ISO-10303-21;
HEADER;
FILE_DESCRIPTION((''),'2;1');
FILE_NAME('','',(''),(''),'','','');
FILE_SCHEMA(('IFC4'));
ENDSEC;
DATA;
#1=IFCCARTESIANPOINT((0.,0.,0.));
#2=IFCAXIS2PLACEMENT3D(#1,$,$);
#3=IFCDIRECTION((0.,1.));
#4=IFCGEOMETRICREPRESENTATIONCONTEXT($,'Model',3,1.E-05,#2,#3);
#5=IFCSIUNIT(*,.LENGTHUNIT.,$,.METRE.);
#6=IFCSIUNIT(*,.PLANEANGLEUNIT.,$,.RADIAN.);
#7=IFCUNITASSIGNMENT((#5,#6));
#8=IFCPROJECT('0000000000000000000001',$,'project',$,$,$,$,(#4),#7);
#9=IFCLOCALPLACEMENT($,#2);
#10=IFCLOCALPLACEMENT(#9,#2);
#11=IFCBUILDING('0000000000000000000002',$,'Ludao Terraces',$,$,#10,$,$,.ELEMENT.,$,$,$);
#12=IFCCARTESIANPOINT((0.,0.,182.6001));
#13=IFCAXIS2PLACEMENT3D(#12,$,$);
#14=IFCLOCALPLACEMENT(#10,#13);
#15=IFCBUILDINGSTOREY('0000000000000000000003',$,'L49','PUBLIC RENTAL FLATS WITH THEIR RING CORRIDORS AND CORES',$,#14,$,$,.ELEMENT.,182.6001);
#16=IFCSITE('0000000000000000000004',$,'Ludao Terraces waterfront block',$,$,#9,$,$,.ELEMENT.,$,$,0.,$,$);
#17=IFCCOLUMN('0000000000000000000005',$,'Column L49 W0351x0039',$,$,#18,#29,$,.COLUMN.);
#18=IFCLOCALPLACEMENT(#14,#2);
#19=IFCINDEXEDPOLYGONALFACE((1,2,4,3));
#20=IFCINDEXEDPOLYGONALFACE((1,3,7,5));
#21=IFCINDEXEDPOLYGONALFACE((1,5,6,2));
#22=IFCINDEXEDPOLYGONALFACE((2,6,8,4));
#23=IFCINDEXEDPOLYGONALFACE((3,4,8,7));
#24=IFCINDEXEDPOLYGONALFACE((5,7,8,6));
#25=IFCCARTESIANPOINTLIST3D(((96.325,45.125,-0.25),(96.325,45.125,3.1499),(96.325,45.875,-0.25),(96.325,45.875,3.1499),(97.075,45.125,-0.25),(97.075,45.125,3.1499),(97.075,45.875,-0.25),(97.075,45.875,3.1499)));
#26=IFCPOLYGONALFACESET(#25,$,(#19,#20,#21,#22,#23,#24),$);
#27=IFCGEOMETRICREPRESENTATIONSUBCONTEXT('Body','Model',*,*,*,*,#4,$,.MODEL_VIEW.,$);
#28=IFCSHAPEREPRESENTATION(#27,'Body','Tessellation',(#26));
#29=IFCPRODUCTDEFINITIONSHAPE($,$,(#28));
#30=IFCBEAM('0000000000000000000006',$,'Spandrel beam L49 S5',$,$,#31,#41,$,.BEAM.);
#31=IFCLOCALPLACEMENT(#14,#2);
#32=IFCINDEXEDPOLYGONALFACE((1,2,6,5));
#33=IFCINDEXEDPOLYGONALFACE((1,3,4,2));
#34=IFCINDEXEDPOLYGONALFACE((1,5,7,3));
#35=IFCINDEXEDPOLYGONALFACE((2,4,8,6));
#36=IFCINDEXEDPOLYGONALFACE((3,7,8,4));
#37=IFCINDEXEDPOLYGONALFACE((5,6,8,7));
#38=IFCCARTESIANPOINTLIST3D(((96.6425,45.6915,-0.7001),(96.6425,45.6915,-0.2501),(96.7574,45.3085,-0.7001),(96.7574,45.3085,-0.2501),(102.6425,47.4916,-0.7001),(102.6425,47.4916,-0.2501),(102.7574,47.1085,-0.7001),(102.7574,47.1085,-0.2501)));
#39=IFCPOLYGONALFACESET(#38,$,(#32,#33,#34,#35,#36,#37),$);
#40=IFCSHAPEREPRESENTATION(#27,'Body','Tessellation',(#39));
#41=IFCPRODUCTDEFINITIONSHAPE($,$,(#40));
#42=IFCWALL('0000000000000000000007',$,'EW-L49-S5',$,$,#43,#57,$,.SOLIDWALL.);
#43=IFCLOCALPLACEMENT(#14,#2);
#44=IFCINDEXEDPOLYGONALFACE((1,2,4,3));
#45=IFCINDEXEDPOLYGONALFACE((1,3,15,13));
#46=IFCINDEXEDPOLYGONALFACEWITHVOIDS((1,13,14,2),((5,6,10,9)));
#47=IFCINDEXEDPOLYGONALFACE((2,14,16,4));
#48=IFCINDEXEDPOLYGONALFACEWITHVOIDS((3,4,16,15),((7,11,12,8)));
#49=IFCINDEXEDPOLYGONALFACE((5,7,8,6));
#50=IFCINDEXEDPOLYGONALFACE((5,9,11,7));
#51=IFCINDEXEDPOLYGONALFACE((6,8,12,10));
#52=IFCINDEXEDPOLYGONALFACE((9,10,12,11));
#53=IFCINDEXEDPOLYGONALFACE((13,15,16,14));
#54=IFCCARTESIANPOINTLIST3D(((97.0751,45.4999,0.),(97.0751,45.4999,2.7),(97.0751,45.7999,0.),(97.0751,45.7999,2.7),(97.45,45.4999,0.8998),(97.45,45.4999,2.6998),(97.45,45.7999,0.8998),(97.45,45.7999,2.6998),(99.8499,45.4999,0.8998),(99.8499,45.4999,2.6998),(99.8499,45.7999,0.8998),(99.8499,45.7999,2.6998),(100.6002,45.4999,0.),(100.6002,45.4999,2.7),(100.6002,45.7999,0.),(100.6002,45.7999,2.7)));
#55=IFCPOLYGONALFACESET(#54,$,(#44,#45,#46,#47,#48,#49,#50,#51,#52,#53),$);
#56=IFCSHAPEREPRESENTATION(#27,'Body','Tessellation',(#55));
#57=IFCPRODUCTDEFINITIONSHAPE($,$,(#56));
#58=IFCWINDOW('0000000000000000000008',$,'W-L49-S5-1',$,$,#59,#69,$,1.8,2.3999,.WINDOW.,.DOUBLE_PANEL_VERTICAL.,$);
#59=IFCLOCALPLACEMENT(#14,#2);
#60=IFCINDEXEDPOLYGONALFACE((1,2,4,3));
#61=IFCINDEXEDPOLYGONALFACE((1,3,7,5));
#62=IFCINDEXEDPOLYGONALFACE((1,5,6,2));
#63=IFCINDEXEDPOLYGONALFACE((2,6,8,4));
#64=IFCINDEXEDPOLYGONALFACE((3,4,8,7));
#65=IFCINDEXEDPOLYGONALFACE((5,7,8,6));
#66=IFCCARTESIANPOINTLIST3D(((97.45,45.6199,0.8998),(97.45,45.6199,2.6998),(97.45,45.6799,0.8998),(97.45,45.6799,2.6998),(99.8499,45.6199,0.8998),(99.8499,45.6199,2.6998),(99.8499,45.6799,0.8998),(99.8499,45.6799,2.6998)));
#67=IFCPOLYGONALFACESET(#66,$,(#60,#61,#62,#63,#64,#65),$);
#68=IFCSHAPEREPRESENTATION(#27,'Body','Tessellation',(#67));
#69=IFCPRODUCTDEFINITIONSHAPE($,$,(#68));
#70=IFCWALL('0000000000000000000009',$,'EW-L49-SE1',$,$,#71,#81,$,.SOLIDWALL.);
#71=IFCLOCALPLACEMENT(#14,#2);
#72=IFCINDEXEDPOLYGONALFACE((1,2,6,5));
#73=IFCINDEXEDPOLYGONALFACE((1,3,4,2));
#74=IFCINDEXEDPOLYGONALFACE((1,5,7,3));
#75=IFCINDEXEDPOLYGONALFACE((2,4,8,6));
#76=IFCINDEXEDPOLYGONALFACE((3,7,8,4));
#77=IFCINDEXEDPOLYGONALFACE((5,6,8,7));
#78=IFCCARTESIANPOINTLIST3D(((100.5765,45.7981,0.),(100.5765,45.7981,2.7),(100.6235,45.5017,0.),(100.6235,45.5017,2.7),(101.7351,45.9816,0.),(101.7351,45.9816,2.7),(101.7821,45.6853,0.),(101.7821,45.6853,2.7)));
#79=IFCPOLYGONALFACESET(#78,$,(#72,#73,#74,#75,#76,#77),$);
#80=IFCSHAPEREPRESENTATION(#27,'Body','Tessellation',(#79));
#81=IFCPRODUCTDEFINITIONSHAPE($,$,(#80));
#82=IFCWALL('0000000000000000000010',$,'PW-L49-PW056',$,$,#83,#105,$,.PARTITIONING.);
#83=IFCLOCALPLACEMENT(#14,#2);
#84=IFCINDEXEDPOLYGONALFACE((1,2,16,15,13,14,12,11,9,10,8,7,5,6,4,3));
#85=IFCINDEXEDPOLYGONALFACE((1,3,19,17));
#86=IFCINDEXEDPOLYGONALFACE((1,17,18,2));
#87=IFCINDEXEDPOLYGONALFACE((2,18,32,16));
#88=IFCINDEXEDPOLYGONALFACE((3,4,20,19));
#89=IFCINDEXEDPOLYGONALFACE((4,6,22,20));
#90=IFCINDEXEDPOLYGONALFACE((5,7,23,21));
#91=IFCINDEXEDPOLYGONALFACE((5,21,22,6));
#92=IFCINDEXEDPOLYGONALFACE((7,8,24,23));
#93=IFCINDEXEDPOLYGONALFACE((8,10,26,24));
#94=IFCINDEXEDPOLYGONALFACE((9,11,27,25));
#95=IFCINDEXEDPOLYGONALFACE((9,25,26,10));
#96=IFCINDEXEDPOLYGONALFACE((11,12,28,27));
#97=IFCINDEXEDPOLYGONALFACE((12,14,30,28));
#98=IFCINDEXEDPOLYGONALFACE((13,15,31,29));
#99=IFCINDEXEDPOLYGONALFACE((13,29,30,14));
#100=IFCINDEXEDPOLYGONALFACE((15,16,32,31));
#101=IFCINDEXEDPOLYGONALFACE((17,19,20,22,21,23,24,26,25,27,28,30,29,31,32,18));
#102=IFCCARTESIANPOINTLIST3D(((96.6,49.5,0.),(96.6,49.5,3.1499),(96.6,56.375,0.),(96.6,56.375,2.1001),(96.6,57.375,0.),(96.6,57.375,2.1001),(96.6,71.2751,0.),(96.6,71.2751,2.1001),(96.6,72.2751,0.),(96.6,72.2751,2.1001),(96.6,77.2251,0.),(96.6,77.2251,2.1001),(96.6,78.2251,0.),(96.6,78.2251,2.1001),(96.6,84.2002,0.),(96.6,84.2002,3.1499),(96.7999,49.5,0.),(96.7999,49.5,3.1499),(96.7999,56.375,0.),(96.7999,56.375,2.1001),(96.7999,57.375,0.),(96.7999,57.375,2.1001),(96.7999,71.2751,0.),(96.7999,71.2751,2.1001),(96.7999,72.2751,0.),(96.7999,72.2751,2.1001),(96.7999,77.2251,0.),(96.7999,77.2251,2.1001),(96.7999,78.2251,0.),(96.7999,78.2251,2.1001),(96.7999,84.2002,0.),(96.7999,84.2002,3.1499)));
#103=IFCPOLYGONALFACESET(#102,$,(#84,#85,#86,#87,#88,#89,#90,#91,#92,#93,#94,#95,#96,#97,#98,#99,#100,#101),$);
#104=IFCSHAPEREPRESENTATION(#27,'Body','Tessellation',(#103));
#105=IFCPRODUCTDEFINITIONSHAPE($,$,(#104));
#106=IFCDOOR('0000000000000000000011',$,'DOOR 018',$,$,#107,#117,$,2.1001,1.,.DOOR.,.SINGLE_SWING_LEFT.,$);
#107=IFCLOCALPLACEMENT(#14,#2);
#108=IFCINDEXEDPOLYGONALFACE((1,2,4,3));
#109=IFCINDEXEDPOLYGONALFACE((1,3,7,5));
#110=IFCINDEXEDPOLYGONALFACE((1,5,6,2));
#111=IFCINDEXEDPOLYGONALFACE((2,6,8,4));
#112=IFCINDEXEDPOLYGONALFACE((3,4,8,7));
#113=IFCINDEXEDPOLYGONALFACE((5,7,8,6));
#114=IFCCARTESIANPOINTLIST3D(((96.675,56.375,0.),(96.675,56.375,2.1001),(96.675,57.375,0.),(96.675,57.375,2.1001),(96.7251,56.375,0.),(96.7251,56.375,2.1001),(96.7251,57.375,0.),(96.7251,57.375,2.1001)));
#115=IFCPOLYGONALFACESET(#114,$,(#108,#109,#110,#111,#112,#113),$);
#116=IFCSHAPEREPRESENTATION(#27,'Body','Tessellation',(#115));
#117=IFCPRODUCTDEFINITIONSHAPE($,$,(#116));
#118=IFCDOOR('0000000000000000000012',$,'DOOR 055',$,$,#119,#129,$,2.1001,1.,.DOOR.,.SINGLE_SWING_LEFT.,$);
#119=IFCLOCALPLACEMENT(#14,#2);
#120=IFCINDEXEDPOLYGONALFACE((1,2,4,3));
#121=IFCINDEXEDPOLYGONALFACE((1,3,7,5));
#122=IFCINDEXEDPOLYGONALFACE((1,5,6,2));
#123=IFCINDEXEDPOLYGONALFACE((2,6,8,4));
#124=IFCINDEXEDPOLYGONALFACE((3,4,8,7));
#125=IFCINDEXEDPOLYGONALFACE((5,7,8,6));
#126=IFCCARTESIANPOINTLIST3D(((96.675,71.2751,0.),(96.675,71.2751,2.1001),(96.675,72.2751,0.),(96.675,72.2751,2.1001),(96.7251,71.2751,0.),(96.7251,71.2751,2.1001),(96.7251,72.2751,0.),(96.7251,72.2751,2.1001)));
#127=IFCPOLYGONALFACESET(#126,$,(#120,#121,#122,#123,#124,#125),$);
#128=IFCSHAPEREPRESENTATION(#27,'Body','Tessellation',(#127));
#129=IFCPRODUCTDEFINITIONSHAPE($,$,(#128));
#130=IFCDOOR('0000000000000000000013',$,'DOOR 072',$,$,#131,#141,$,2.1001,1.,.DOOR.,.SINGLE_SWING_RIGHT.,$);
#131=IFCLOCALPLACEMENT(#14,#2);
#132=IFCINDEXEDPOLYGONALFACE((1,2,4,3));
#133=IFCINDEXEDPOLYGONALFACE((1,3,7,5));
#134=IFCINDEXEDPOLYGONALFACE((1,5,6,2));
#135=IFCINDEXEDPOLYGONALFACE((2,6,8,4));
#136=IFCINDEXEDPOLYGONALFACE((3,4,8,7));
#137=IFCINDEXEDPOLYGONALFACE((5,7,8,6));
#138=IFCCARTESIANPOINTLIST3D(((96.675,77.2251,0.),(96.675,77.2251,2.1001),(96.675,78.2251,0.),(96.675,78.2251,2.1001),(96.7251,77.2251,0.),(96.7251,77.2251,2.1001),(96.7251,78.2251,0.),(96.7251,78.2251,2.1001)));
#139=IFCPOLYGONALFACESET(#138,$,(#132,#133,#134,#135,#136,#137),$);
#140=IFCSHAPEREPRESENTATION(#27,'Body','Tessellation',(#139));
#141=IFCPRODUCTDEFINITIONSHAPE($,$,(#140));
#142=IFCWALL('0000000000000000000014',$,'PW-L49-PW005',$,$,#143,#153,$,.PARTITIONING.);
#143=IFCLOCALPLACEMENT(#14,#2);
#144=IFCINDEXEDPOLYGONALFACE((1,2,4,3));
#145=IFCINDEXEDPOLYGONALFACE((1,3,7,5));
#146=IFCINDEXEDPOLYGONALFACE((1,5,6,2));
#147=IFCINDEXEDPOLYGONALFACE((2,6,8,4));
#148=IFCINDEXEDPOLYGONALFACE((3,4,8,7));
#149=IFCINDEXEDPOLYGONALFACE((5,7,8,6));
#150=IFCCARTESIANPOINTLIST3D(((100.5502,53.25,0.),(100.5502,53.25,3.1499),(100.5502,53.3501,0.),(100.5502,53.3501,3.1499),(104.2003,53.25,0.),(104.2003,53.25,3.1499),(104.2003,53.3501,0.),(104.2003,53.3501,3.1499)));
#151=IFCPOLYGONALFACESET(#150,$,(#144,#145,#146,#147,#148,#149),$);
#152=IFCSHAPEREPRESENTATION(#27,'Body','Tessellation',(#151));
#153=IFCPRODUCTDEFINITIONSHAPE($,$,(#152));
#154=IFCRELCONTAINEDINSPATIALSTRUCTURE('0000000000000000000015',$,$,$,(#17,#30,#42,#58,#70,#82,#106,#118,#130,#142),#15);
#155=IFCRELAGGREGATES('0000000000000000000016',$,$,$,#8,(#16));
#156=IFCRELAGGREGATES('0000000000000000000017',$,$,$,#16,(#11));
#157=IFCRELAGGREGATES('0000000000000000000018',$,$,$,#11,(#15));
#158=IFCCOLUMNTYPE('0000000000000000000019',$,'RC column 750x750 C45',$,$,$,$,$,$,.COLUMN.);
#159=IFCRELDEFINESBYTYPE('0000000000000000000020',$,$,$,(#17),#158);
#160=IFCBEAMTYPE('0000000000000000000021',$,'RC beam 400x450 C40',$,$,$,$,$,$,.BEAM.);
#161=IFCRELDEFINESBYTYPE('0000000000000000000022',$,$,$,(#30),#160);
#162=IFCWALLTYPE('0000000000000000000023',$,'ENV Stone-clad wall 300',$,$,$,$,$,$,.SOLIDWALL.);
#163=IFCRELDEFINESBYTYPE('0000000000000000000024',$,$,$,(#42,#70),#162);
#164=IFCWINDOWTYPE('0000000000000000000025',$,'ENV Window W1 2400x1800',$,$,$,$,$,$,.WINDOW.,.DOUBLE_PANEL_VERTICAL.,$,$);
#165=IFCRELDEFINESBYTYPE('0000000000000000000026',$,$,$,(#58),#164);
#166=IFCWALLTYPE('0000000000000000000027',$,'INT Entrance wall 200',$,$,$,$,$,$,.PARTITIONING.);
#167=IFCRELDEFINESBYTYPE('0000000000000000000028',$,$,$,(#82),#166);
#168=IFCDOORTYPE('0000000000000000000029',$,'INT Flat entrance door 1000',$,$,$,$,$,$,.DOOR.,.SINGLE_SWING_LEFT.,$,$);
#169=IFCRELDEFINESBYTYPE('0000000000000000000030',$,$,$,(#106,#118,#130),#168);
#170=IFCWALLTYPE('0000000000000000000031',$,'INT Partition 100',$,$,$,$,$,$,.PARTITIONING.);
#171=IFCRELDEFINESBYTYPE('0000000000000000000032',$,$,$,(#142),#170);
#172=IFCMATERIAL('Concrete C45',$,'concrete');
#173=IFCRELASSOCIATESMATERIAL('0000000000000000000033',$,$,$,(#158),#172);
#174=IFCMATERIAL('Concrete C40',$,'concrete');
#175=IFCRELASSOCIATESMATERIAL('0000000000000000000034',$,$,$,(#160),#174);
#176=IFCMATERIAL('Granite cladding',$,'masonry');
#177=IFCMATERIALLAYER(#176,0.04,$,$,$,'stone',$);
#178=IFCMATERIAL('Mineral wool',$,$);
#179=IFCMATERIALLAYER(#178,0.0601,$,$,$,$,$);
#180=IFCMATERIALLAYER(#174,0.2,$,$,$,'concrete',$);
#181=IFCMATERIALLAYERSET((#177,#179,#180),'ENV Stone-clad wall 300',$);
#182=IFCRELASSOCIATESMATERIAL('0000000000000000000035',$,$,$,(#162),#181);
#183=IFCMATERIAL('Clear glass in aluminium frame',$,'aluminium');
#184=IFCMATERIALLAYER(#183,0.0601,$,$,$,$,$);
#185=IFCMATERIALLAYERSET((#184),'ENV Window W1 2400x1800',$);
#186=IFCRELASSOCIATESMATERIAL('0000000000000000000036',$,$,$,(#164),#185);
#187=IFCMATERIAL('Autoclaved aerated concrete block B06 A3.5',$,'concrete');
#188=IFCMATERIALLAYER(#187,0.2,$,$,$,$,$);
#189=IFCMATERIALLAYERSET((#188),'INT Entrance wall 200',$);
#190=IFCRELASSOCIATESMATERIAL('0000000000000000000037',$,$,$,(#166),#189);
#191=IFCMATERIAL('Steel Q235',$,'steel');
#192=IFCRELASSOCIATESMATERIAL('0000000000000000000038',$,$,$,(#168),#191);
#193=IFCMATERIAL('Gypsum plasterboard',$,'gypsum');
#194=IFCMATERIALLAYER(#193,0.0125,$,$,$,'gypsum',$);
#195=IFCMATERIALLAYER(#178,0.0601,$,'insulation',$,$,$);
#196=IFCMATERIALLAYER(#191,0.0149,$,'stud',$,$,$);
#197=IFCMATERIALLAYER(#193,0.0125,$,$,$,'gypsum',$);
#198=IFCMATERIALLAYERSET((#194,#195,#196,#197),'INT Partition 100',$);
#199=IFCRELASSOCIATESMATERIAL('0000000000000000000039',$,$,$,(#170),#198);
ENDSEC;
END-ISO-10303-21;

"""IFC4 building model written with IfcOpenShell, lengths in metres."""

from ifc_helpers import new_model, si_unit, direction, frame, frame_2d, origin, origin_2d, place, context, subcontext, project, spatial, rectangle, extrude, material, layer, layer_set, material_profile, profile_set, type_object, element, fill, save


model = new_model("IFC4")

# Units and contexts
model_context = context("Model", 3, precision=1e-05, world=origin(), true_north=direction((0.0, 1.0)))
body_context = subcontext(model_context, "Body", "Model", "MODEL_VIEW")
ifc_project = project(units=[si_unit("LENGTHUNIT", "METRE"), si_unit("PLANEANGLEUNIT", "RADIAN")], contexts=[model_context])

# Site, building, storey
site_placement = place(None, origin())
site = spatial("IfcSite", under=ifc_project, at=site_placement, Name="Ludao Terraces waterfront block", CompositionType="ELEMENT", RefElevation=0.0)
building_placement = place(site_placement, origin())
building = spatial("IfcBuilding", under=site, at=building_placement, Name="Ludao Terraces", CompositionType="ELEMENT")
storey_placement = place(building_placement, frame((0.0, 0.0, 182.6001)))
storey = spatial("IfcBuildingStorey", under=building, at=storey_placement, Name="L49", Description="PUBLIC RENTAL FLATS WITH THEIR RING CORRIDORS AND CORES", CompositionType="ELEMENT", Elevation=182.6001)

# Column
ifc_material_1 = material(Name="Concrete C45", Category="concrete")
ifc_material_profile_1 = material_profile(ifc_material_1, rectangle(XDim=0.75, YDim=0.75, at=origin_2d()), Name="750 X 750")
ifc_profile_set_1 = profile_set([ifc_material_profile_1], Name="Concrete C45")
column_type = type_object("IfcColumnType", Name="RC column 750x750 C45", PredefinedType="COLUMN", material=ifc_profile_set_1)
column_placement = place(storey_placement, frame((96.7, 45.5, -0.25), z_axis=(0.0, 0.0, 1.0), x_axis=(1.0, 0.0, 0.0)))
element("IfcColumn", 1, at=column_placement, inside=storey, type_object=column_type, Name="Column L49 W0351x0039", PredefinedType="COLUMN", context=body_context, shape_type="SweptSolid", body=[
    extrude(rectangle(XDim=0.75, YDim=0.75, at=origin_2d()), origin(), (0.0, 0.0, 1.0), 3.3999),
])

# Beam
ifc_material_2 = material(Name="Concrete C40", Category="concrete")
ifc_material_profile_2 = material_profile(ifc_material_2, rectangle(XDim=0.3999, YDim=0.45, at=origin_2d()), Name="400 X 450")
ifc_profile_set_2 = profile_set([ifc_material_profile_2], Name="Concrete C40")
beam_type = type_object("IfcBeamType", Name="RC beam 400x450 C40", PredefinedType="BEAM", material=ifc_profile_set_2)
beam_placement = place(storey_placement, frame((96.7, 45.5, -0.4751), z_axis=(0.957824, 0.287355, 0.0), x_axis=(-0.287355, 0.957824, 0.0)))
element("IfcBeam", 2, at=beam_placement, inside=storey, type_object=beam_type, Name="Spandrel beam L49 S5", PredefinedType="BEAM", context=body_context, shape_type="SweptSolid", body=[
    extrude(rectangle(XDim=0.3999, YDim=0.45, at=origin_2d()), origin(), (0.0, 0.0, 1.0), 6.2642),
])

# Wall, opening, window
ifc_material_3 = material(Name="Granite cladding", Category="masonry")
ifc_layer_1 = layer(ifc_material_3, 0.04, Category="stone")
ifc_material_4 = material(Name="Mineral wool")
ifc_layer_2 = layer(ifc_material_4, 0.0601)
ifc_layer_3 = layer(ifc_material_2, 0.2, Category="concrete")
ifc_layer_set_1 = layer_set([ifc_layer_1, ifc_layer_2, ifc_layer_3], Name="ENV Stone-clad wall 300")
wall_type_1 = type_object("IfcWallType", Name="ENV Stone-clad wall 300", PredefinedType="SOLIDWALL", material=ifc_layer_set_1)
wall_1_placement = place(storey_placement, frame((97.075, 45.6499, 0.0), z_axis=(0.0, 0.0, 1.0), x_axis=(1.0, 0.0, 0.0)))
wall_1 = element("IfcWall", 3, at=wall_1_placement, inside=storey, type_object=wall_type_1, Name="EW-L49-S5", PredefinedType="SOLIDWALL", context=body_context, shape_type="SweptSolid", body=[
    extrude(rectangle(XDim=3.5251, YDim=0.3, at=frame_2d((1.7627, 0.0))), origin(), (0.0, 0.0, 1.0), 2.7),
])
opening_1_placement = place(wall_1_placement, frame((0.375, 0.0, 0.8999)))
opening_1 = element("IfcOpeningElement", 4, at=opening_1_placement, cuts=wall_1, PredefinedType="OPENING", context=body_context, shape_type="SweptSolid", body=[
    extrude(rectangle(XDim=2.3999, YDim=1.8, at=frame_2d((1.2, 0.8999))), frame((0.0, 0.1602, 0.0), z_axis=(0.0, -1.0, 0.0), x_axis=(1.0, 0.0, 0.0)), (0.0, 0.0, 1.0), 0.3201),
])
ifc_material_5 = material(Name="Clear glass in aluminium frame", Category="aluminium")
ifc_layer_4 = layer(ifc_material_5, 0.0601)
ifc_layer_set_2 = layer_set([ifc_layer_4], Name="ENV Window W1 2400x1800")
window_type = type_object("IfcWindowType", Name="ENV Window W1 2400x1800", PartitioningType="DOUBLE_PANEL_VERTICAL", PredefinedType="WINDOW", material=ifc_layer_set_2)
window_placement = place(opening_1_placement, origin())
window = element("IfcWindow", 5, at=window_placement, inside=storey, type_object=window_type, Name="W-L49-S5-1", OverallHeight=1.8, OverallWidth=2.3999, PartitioningType="DOUBLE_PANEL_VERTICAL", PredefinedType="WINDOW", context=body_context, shape_type="SweptSolid", body=[
    extrude(rectangle(XDim=2.3999, YDim=1.8, at=frame_2d((1.2, 0.8999))), frame((0.0, 0.03, 0.0), z_axis=(0.0, -1.0, 0.0), x_axis=(1.0, 0.0, 0.0)), (0.0, 0.0, 1.0), 0.0601),
])
fill(opening_1, window)

# Wall
wall_2_placement = place(storey_placement, frame((100.6001, 45.6499, 0.0), z_axis=(0.0, 0.0, 1.0), x_axis=(0.987678, 0.156497, 0.0)))
element("IfcWall", 6, at=wall_2_placement, inside=storey, type_object=wall_type_1, Name="EW-L49-SE1", PredefinedType="SOLIDWALL", context=body_context, shape_type="SweptSolid", body=[
    extrude(rectangle(XDim=1.1731, YDim=0.3, at=frame_2d((0.5864, 0.0))), origin(), (0.0, 0.0, 1.0), 2.7),
])

# Wall, openings, doors
ifc_material_6 = material(Name="Autoclaved aerated concrete block B06 A3.5", Category="concrete")
ifc_layer_5 = layer(ifc_material_6, 0.2)
ifc_layer_set_3 = layer_set([ifc_layer_5], Name="INT Entrance wall 200")
wall_type_2 = type_object("IfcWallType", Name="INT Entrance wall 200", PredefinedType="PARTITIONING", material=ifc_layer_set_3)
wall_3_placement = place(storey_placement, frame((96.7, 49.5, 0.0), z_axis=(0.0, 0.0, 1.0), x_axis=(0.0, 1.0, 0.0)))
wall_3 = element("IfcWall", 7, at=wall_3_placement, inside=storey, type_object=wall_type_2, Name="PW-L49-PW056", PredefinedType="PARTITIONING", context=body_context, shape_type="SweptSolid", body=[
    extrude(rectangle(XDim=34.7002, YDim=0.2, at=frame_2d((17.3501, 0.0))), origin(), (0.0, 0.0, 1.0), 3.1499),
])
opening_2_placement = place(wall_3_placement, frame((6.875, 0.0, 0.0)))
opening_2 = element("IfcOpeningElement", 8, at=opening_2_placement, cuts=wall_3, PredefinedType="OPENING", context=body_context, shape_type="SweptSolid", body=[
    extrude(rectangle(XDim=1.0, YDim=2.1001, at=frame_2d((0.5, 1.05))), frame((0.0, 0.1099, 0.0), z_axis=(0.0, -1.0, 0.0), x_axis=(1.0, 0.0, 0.0)), (0.0, 0.0, 1.0), 0.22),
])
opening_3_placement = place(wall_3_placement, frame((21.7751, 0.0, 0.0)))
opening_3 = element("IfcOpeningElement", 9, at=opening_3_placement, cuts=wall_3, PredefinedType="OPENING", context=body_context, shape_type="SweptSolid", body=[
    extrude(rectangle(XDim=1.0, YDim=2.1001, at=frame_2d((0.5, 1.05))), frame((0.0, 0.1099, 0.0), z_axis=(0.0, -1.0, 0.0), x_axis=(1.0, 0.0, 0.0)), (0.0, 0.0, 1.0), 0.22),
])
opening_4_placement = place(wall_3_placement, frame((27.7251, 0.0, 0.0)))
opening_4 = element("IfcOpeningElement", 10, at=opening_4_placement, cuts=wall_3, PredefinedType="OPENING", context=body_context, shape_type="SweptSolid", body=[
    extrude(rectangle(XDim=1.0, YDim=2.1001, at=frame_2d((0.5, 1.05))), frame((0.0, 0.1099, 0.0), z_axis=(0.0, -1.0, 0.0), x_axis=(1.0, 0.0, 0.0)), (0.0, 0.0, 1.0), 0.22),
])
ifc_material_7 = material(Name="Steel Q235", Category="steel")
door_type_1 = type_object("IfcDoorType", Name="INT Flat entrance door 1000", OperationType="SINGLE_SWING_LEFT", PredefinedType="DOOR", material=ifc_material_7)
door_1_placement = place(opening_2_placement, origin())
door_1 = element("IfcDoor", 11, at=door_1_placement, inside=storey, type_object=door_type_1, Name="DOOR 018", OperationType="SINGLE_SWING_LEFT", OverallHeight=2.1001, OverallWidth=1.0, PredefinedType="DOOR", context=body_context, shape_type="SweptSolid", body=[
    extrude(rectangle(XDim=1.0, YDim=2.1001, at=frame_2d((0.5, 1.05))), frame((0.0, 0.0249, 0.0), z_axis=(0.0, -1.0, 0.0), x_axis=(1.0, 0.0, 0.0)), (0.0, 0.0, 1.0), 0.05),
])
fill(opening_2, door_1)
door_2_placement = place(opening_3_placement, origin())
door_2 = element("IfcDoor", 12, at=door_2_placement, inside=storey, type_object=door_type_1, Name="DOOR 055", OperationType="SINGLE_SWING_LEFT", OverallHeight=2.1001, OverallWidth=1.0, PredefinedType="DOOR", context=body_context, shape_type="SweptSolid", body=[
    extrude(rectangle(XDim=1.0, YDim=2.1001, at=frame_2d((0.5, 1.05))), frame((0.0, 0.0249, 0.0), z_axis=(0.0, -1.0, 0.0), x_axis=(1.0, 0.0, 0.0)), (0.0, 0.0, 1.0), 0.05),
])
fill(opening_3, door_2)
door_3_placement = place(opening_4_placement, origin())
door_3 = element("IfcDoor", 13, at=door_3_placement, inside=storey, type_object=door_type_1, Name="DOOR 072", OperationType="SINGLE_SWING_RIGHT", OverallHeight=2.1001, OverallWidth=1.0, PredefinedType="DOOR", context=body_context, shape_type="SweptSolid", body=[
    extrude(rectangle(XDim=1.0, YDim=2.1001, at=frame_2d((0.5, 1.05))), frame((0.0, 0.0249, 0.0), z_axis=(0.0, -1.0, 0.0), x_axis=(1.0, 0.0, 0.0)), (0.0, 0.0, 1.0), 0.05),
])
fill(opening_4, door_3)

# Wall
ifc_material_8 = material(Name="Gypsum plasterboard", Category="gypsum")
ifc_layer_6 = layer(ifc_material_8, 0.0125, Category="gypsum")
ifc_layer_7 = layer(ifc_material_4, 0.0601, Name="insulation")
ifc_layer_8 = layer(ifc_material_7, 0.0149, Name="stud")
ifc_layer_9 = layer(ifc_material_8, 0.0125, Category="gypsum")
ifc_layer_set_4 = layer_set([ifc_layer_6, ifc_layer_7, ifc_layer_8, ifc_layer_9], Name="INT Partition 100")
wall_type_3 = type_object("IfcWallType", Name="INT Partition 100", PredefinedType="PARTITIONING", material=ifc_layer_set_4)
wall_4_placement = place(storey_placement, frame((100.55, 53.3, 0.0), z_axis=(0.0, 0.0, 1.0), x_axis=(1.0, 0.0, 0.0)))
element("IfcWall", 14, at=wall_4_placement, inside=storey, type_object=wall_type_3, Name="PW-L49-PW005", PredefinedType="PARTITIONING", context=body_context, shape_type="SweptSolid", body=[
    extrude(rectangle(XDim=3.6501, YDim=0.1001, at=frame_2d((1.8252, 0.0))), origin(), (0.0, 0.0, 1.0), 3.1499),
])

save(model, "model.ifc")
